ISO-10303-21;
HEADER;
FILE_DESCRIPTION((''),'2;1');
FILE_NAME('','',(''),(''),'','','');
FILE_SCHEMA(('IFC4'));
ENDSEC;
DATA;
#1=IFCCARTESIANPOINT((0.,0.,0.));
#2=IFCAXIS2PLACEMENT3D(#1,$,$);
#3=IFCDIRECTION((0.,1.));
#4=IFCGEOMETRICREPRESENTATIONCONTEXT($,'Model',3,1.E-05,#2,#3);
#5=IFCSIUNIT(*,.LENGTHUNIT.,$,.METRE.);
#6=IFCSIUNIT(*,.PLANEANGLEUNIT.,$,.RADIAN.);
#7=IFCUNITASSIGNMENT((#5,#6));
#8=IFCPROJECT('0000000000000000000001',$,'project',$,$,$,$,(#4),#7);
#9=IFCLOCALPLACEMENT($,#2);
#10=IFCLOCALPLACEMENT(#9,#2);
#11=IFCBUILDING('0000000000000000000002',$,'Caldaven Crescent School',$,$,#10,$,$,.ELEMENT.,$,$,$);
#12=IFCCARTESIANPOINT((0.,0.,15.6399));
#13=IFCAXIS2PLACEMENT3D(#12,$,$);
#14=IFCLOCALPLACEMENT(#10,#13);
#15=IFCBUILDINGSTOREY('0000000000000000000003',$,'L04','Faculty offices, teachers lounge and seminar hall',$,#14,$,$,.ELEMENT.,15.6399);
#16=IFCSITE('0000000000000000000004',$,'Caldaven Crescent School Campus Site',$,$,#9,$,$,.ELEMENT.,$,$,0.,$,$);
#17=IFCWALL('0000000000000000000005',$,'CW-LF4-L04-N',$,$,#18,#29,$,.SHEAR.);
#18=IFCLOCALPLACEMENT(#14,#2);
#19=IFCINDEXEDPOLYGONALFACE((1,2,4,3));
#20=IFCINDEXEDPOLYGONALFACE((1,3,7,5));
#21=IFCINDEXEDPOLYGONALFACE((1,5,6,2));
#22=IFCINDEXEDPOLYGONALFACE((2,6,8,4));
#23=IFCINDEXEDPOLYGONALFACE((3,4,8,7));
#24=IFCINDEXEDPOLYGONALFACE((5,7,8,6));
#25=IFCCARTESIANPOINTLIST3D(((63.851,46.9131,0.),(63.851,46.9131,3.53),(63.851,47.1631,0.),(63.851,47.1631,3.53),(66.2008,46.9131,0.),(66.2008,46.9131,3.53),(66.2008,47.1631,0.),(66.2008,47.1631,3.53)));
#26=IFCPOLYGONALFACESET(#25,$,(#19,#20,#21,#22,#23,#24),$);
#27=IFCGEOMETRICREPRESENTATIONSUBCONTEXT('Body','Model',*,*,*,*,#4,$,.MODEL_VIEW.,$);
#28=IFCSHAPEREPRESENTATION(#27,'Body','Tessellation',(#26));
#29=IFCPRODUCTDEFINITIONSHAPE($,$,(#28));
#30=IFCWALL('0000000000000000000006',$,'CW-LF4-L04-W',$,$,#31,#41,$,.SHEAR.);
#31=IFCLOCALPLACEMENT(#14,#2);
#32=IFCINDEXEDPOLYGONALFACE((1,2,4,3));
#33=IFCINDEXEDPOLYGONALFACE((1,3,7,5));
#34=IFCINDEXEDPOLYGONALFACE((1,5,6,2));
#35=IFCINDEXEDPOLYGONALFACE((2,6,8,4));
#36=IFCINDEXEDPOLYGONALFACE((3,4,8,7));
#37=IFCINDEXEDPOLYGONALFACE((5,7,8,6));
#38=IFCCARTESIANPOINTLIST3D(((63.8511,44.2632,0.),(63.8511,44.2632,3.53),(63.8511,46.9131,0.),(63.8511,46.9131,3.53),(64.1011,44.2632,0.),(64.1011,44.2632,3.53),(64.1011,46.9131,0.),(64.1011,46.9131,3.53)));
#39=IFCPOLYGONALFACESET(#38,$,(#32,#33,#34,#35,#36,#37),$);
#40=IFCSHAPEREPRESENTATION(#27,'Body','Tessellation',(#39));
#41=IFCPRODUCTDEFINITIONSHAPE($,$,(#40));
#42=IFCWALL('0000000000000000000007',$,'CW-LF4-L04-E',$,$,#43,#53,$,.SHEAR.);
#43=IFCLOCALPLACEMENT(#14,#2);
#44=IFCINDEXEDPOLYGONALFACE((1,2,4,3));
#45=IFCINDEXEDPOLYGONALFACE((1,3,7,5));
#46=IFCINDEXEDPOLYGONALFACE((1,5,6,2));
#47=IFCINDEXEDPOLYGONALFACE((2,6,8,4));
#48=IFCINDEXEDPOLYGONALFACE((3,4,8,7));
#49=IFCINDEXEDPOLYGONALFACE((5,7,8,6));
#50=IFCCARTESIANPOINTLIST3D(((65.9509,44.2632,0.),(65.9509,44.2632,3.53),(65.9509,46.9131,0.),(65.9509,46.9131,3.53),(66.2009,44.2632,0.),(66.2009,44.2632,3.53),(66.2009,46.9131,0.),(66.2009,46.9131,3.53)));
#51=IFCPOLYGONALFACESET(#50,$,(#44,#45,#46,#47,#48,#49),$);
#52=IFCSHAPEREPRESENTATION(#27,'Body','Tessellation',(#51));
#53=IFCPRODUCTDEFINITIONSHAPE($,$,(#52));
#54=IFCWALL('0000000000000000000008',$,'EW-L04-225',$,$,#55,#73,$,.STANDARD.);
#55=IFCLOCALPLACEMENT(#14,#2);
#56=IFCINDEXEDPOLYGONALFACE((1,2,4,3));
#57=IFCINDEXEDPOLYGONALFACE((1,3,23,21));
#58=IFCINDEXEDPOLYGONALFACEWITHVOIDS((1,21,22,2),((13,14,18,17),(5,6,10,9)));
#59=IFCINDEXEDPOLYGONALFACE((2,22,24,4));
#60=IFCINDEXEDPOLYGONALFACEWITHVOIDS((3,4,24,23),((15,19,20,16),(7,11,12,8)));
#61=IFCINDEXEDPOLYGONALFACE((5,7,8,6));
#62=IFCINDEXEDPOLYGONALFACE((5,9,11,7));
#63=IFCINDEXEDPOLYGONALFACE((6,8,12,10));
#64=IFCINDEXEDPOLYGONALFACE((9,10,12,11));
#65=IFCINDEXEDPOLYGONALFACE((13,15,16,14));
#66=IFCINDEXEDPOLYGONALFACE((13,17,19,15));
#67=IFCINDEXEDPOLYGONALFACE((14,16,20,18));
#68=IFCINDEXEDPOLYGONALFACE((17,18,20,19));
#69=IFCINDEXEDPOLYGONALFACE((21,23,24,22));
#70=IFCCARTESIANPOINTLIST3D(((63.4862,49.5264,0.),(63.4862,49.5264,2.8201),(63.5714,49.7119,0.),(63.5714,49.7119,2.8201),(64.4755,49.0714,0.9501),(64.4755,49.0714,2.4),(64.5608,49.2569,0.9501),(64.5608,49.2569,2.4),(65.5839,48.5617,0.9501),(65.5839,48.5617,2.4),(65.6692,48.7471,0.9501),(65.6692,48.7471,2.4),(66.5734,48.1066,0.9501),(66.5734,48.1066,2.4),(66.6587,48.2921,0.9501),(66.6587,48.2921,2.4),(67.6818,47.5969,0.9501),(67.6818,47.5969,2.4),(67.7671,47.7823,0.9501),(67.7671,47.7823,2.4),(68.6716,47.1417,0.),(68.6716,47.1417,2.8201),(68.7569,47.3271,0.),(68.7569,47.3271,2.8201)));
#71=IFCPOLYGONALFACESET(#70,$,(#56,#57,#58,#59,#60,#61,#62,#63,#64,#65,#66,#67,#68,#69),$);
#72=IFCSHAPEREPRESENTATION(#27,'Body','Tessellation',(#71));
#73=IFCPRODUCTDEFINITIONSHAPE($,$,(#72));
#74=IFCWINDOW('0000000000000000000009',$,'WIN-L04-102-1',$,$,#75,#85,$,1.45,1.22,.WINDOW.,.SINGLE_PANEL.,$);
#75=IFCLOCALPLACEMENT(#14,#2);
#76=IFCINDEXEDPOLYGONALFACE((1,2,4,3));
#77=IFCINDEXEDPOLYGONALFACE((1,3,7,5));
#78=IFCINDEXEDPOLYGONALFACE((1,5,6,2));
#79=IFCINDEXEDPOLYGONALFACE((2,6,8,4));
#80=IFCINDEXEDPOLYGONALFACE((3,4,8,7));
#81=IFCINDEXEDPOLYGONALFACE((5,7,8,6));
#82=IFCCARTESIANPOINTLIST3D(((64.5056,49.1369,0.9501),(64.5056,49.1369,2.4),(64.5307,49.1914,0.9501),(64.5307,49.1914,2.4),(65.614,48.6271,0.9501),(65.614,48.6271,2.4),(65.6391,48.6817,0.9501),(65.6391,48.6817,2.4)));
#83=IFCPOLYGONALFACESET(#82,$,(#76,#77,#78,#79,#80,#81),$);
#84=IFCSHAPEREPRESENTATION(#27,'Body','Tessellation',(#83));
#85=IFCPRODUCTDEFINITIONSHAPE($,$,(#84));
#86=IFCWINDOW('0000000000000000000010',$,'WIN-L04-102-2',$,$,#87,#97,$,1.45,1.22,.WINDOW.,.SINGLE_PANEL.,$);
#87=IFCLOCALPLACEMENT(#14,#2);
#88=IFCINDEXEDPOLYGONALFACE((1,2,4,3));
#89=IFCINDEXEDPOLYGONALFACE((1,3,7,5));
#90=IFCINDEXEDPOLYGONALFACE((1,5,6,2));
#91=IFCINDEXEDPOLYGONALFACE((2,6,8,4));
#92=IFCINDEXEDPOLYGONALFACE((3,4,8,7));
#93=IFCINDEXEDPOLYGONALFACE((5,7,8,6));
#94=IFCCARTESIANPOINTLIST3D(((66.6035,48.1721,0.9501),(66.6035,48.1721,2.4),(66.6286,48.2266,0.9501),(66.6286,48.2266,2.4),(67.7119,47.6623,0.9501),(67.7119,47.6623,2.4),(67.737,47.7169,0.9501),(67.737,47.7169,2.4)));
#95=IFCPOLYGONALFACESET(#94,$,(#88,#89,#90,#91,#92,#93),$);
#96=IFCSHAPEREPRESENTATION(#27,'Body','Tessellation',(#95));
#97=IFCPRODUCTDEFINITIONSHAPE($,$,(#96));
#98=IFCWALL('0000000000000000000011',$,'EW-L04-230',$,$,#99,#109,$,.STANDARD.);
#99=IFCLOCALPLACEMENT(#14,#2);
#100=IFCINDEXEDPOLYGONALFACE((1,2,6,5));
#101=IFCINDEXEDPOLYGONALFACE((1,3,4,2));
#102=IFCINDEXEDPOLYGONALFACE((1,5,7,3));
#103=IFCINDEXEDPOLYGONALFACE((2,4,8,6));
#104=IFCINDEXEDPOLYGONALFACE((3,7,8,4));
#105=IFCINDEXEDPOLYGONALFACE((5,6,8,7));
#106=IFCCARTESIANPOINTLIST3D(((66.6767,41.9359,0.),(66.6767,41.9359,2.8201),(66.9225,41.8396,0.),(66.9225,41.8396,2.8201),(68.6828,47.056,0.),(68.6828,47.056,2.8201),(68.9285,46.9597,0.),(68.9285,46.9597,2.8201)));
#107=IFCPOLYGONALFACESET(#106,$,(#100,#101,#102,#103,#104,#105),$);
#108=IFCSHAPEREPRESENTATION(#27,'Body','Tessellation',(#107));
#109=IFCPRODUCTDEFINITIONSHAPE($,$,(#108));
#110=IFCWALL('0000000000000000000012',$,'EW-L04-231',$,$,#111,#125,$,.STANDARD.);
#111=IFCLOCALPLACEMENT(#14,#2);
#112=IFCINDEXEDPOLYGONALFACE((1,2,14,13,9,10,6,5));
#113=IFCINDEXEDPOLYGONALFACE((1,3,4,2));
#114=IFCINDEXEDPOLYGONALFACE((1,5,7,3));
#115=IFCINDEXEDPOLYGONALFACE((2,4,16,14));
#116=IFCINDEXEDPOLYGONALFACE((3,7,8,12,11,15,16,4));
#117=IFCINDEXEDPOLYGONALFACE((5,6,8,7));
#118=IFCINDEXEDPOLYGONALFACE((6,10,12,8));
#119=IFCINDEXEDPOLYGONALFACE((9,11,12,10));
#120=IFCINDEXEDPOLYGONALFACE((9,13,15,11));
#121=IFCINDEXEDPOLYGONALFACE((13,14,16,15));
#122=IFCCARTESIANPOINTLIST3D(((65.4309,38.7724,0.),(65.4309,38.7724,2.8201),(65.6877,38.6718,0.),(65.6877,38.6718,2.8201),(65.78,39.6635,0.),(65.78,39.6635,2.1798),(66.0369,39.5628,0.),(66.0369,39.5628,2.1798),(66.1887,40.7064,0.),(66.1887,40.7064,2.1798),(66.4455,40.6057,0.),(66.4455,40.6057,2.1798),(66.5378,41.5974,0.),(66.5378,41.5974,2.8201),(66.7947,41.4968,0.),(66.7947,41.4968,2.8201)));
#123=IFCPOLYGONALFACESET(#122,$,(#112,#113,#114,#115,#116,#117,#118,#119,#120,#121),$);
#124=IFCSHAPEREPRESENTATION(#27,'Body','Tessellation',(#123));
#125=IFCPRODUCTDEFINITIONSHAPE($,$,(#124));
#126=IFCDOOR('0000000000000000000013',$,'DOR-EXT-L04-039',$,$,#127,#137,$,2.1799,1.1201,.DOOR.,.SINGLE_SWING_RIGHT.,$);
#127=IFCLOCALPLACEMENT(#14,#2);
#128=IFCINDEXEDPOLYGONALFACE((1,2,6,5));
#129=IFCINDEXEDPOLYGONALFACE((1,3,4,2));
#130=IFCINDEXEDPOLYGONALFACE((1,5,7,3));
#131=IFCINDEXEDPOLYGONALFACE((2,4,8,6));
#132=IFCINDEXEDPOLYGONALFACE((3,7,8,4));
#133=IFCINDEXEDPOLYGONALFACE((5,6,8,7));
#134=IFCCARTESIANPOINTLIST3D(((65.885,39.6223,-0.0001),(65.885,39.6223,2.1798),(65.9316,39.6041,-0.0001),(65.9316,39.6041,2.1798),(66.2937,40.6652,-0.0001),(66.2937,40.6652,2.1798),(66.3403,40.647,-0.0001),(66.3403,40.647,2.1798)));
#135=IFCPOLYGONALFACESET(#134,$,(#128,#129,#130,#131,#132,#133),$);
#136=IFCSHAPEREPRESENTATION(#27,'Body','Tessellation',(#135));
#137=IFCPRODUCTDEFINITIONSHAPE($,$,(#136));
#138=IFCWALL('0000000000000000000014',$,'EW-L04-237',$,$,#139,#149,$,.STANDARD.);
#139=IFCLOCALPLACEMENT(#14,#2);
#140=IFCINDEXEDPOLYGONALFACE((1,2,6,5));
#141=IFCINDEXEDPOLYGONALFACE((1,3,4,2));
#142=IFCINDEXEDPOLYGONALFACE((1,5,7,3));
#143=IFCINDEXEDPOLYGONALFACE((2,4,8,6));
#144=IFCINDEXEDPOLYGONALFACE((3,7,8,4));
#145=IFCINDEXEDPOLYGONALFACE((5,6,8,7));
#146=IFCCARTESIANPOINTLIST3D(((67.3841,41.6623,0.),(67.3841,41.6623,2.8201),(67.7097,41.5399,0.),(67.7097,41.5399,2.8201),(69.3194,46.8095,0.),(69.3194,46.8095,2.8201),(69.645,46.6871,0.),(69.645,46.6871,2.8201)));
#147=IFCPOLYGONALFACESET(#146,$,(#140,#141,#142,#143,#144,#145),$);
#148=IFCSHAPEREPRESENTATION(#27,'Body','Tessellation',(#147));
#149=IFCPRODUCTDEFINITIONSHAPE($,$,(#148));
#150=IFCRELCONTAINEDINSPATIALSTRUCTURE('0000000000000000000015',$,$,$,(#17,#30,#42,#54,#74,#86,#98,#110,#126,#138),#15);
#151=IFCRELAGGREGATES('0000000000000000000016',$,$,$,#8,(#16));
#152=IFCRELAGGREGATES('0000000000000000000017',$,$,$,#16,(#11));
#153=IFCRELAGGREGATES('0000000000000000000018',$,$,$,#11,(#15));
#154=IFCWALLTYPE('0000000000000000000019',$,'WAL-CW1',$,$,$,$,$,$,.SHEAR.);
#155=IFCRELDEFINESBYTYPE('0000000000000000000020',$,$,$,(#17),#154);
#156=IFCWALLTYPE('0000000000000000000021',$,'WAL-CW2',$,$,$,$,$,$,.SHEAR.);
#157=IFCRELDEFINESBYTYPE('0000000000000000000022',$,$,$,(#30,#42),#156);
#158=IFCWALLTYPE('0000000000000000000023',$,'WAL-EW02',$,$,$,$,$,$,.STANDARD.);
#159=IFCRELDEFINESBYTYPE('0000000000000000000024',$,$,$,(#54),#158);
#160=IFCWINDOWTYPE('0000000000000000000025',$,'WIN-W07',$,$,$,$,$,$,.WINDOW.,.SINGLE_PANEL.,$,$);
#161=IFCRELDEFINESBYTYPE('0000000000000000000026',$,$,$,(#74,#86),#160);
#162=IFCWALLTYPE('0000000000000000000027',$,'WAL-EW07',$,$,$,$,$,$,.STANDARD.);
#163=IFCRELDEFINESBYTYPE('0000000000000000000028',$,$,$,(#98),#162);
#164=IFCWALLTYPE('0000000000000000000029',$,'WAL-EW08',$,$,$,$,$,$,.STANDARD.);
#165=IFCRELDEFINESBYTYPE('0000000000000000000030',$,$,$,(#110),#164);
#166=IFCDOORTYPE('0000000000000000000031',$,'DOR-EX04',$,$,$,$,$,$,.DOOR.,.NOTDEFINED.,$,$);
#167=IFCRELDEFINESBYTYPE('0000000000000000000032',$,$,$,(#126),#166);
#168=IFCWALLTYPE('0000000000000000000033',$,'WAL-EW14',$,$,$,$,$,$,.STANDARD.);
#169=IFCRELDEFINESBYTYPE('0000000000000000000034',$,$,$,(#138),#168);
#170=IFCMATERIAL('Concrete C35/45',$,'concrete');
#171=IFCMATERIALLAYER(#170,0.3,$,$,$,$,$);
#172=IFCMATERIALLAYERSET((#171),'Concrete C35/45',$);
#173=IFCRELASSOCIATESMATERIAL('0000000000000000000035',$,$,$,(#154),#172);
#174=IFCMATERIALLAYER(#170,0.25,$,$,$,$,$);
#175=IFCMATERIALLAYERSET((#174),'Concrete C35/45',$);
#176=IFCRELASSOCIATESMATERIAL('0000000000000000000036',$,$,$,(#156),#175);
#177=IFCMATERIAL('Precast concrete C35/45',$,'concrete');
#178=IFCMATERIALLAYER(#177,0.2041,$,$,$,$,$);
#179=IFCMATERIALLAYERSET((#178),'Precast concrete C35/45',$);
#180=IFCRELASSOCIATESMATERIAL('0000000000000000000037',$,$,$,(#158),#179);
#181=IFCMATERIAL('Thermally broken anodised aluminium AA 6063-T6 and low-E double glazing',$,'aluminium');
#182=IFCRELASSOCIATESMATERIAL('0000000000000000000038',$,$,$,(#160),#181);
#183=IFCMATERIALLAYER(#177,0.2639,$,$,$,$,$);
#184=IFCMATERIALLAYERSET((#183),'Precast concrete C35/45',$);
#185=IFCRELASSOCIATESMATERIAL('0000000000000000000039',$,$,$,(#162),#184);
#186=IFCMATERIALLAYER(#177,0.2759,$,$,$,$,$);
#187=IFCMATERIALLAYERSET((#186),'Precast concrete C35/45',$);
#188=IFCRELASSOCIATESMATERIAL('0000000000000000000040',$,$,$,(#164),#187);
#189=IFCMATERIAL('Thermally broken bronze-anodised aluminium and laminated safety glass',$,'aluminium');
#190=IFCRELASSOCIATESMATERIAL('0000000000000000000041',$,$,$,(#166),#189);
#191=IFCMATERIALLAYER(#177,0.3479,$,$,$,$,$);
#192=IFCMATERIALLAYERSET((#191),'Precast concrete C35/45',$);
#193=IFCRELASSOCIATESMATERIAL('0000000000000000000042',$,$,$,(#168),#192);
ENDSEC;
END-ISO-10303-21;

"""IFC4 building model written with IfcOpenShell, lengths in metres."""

from ifc_helpers import new_model, si_unit, direction, frame, frame_2d, origin, place, context, subcontext, project, spatial, rectangle, extrude, material, layer, layer_set, type_object, element, fill, save


model = new_model("IFC4")

# Units and contexts
model_context = context("Model", 3, precision=1e-05, world=origin(), true_north=direction((0.0, 1.0)))
body_context = subcontext(model_context, "Body", "Model", "MODEL_VIEW")
ifc_project = project(units=[si_unit("LENGTHUNIT", "METRE"), si_unit("PLANEANGLEUNIT", "RADIAN")], contexts=[model_context])

# Site, building, storey
site_placement = place(None, origin())
site = spatial("IfcSite", under=ifc_project, at=site_placement, Name="Caldaven Crescent School Campus Site", CompositionType="ELEMENT", RefElevation=0.0)
building_placement = place(site_placement, origin())
building = spatial("IfcBuilding", under=site, at=building_placement, Name="Caldaven Crescent School", CompositionType="ELEMENT")
storey_placement = place(building_placement, frame((0.0, 0.0, 15.6399)))
storey = spatial("IfcBuildingStorey", under=building, at=storey_placement, Name="L04", Description="Faculty offices, teachers lounge and seminar hall", CompositionType="ELEMENT", Elevation=15.6399)

# Wall
ifc_material_1 = material(Name="Concrete C35/45", Category="concrete")
ifc_layer_1 = layer(ifc_material_1, 0.3)
ifc_layer_set_1 = layer_set([ifc_layer_1], Name="Concrete C35/45")
wall_type_1 = type_object("IfcWallType", Name="WAL-CW1", PredefinedType="SHEAR", material=ifc_layer_set_1)
wall_1_placement = place(storey_placement, frame((63.8511, 47.0381, 0.0), z_axis=(0.0, 0.0, 1.0), x_axis=(1.0, 0.0, 0.0)))
element("IfcWall", 1, at=wall_1_placement, inside=storey, type_object=wall_type_1, Name="CW-LF4-L04-N", PredefinedType="SHEAR", context=body_context, shape_type="SweptSolid", body=[
    extrude(rectangle(XDim=2.3499, YDim=0.25, at=frame_2d((1.1748, 0.0))), origin(), (0.0, 0.0, 1.0), 3.53),
])

# Walls
ifc_layer_2 = layer(ifc_material_1, 0.25)
ifc_layer_set_2 = layer_set([ifc_layer_2], Name="Concrete C35/45")
wall_type_2 = type_object("IfcWallType", Name="WAL-CW2", PredefinedType="SHEAR", material=ifc_layer_set_2)
for number, where, z_axis, x_axis, name in (
    (2, (63.9761, 44.2632, 0.0), (0.0, 0.0, 1.0), (0.0, 1.0, 0.0), "CW-LF4-L04-W"),
    (3, (66.0759, 44.2632, 0.0), (0.0, 0.0, 1.0), (0.0, 1.0, 0.0), "CW-LF4-L04-E"),
):
    element("IfcWall", number, at=place(storey_placement, frame(where, z_axis=z_axis, x_axis=x_axis)), inside=storey, type_object=wall_type_2, Name=name, PredefinedType="SHEAR", context=body_context, shape_type="SweptSolid", body=[
        extrude(rectangle(XDim=2.6499, YDim=0.25, at=frame_2d((1.325, 0.0))), origin(), (0.0, 0.0, 1.0), 3.53),
    ])

# Wall, openings, windows
ifc_material_2 = material(Name="Precast concrete C35/45", Category="concrete")
ifc_layer_3 = layer(ifc_material_2, 0.2041)
ifc_layer_set_3 = layer_set([ifc_layer_3], Name="Precast concrete C35/45")
wall_type_3 = type_object("IfcWallType", Name="WAL-EW02", PredefinedType="STANDARD", material=ifc_layer_set_3)
wall_2_placement = place(storey_placement, frame((63.5288, 49.6191, 0.0), z_axis=(0.0, 0.0, 1.0), x_axis=(0.908529, -0.417821, 0.0)))
wall_2 = element("IfcWall", 4, at=wall_2_placement, inside=storey, type_object=wall_type_3, Name="EW-L04-225", PredefinedType="STANDARD", context=body_context, shape_type="SweptSolid", body=[
    extrude(rectangle(XDim=5.7075, YDim=0.2041, at=frame_2d((2.8538, 0.0))), origin(), (0.0, 0.0, 1.0), 2.8201),
])
opening_1_placement = place(wall_2_placement, frame((1.0891, 0.0, 0.95)))
opening_1 = element("IfcOpeningElement", 5, at=opening_1_placement, cuts=wall_2, PredefinedType="OPENING", context=body_context, shape_type="SweptSolid", body=[
    extrude(rectangle(XDim=1.22, YDim=1.45, at=frame_2d((0.6099, 0.7251))), frame((0.0, 0.1121, 0.0), z_axis=(0.0, -1.0, 0.0), x_axis=(1.0, 0.0, 0.0)), (0.0, 0.0, 1.0), 0.2241),
])
opening_2_placement = place(wall_2_placement, frame((3.3982, 0.0, 0.95)))
opening_2 = element("IfcOpeningElement", 6, at=opening_2_placement, cuts=wall_2, PredefinedType="OPENING", context=body_context, shape_type="SweptSolid", body=[
    extrude(rectangle(XDim=1.22, YDim=1.45, at=frame_2d((0.6099, 0.7251))), frame((0.0, 0.1121, 0.0), z_axis=(0.0, -1.0, 0.0), x_axis=(1.0, 0.0, 0.0)), (0.0, 0.0, 1.0), 0.2241),
])
ifc_material_3 = material(Name="Thermally broken anodised aluminium AA 6063-T6 and low-E double glazing", Category="aluminium")
window_type = type_object("IfcWindowType", Name="WIN-W07", PartitioningType="SINGLE_PANEL", PredefinedType="WINDOW", material=ifc_material_3)
window_1_placement = place(opening_1_placement, origin())
window_1 = element("IfcWindow", 7, at=window_1_placement, inside=storey, type_object=window_type, Name="WIN-L04-102-1", OverallHeight=1.45, OverallWidth=1.22, PartitioningType="SINGLE_PANEL", PredefinedType="WINDOW", context=body_context, shape_type="SweptSolid", body=[
    extrude(rectangle(XDim=1.22, YDim=1.45, at=frame_2d((0.6099, 0.7251))), frame((0.0, 0.03, 0.0), z_axis=(0.0, -1.0, 0.0), x_axis=(1.0, 0.0, 0.0)), (0.0, 0.0, 1.0), 0.0601),
])
fill(opening_1, window_1)
window_2_placement = place(opening_2_placement, origin())
window_2 = element("IfcWindow", 8, at=window_2_placement, inside=storey, type_object=window_type, Name="WIN-L04-102-2", OverallHeight=1.45, OverallWidth=1.22, PartitioningType="SINGLE_PANEL", PredefinedType="WINDOW", context=body_context, shape_type="SweptSolid", body=[
    extrude(rectangle(XDim=1.22, YDim=1.45, at=frame_2d((0.6099, 0.7251))), frame((0.0, 0.03, 0.0), z_axis=(0.0, -1.0, 0.0), x_axis=(1.0, 0.0, 0.0)), (0.0, 0.0, 1.0), 0.0601),
])
fill(opening_2, window_2)

# Wall
ifc_layer_4 = layer(ifc_material_2, 0.2639)
ifc_layer_set_4 = layer_set([ifc_layer_4], Name="Precast concrete C35/45")
wall_type_4 = type_object("IfcWallType", Name="WAL-EW07", PredefinedType="STANDARD", material=ifc_layer_set_4)
wall_3_placement = place(storey_placement, frame((68.8057, 47.0078, 0.0), z_axis=(0.0, 0.0, 1.0), x_axis=(-0.364806, -0.931084, 0.0)))
element("IfcWall", 9, at=wall_3_placement, inside=storey, type_object=wall_type_4, Name="EW-L04-230", PredefinedType="STANDARD", context=body_context, shape_type="SweptSolid", body=[
    extrude(rectangle(XDim=5.499, YDim=0.2639, at=frame_2d((2.7495, 0.0))), origin(), (0.0, 0.0, 1.0), 2.8201),
])

# Wall, opening, door
ifc_layer_5 = layer(ifc_material_2, 0.2759)
ifc_layer_set_5 = layer_set([ifc_layer_5], Name="Precast concrete C35/45")
wall_type_5 = type_object("IfcWallType", Name="WAL-EW08", PredefinedType="STANDARD", material=ifc_layer_set_5)
wall_4_placement = place(storey_placement, frame((66.6663, 41.5471, 0.0), z_axis=(0.0, 0.0, 1.0), x_axis=(-0.364833, -0.931073, 0.0)))
wall_4 = element("IfcWall", 10, at=wall_4_placement, inside=storey, type_object=wall_type_5, Name="EW-L04-231", PredefinedType="STANDARD", context=body_context, shape_type="SweptSolid", body=[
    extrude(rectangle(XDim=3.0342, YDim=0.2759, at=frame_2d((1.5171, 0.0))), origin(), (0.0, 0.0, 1.0), 2.8201),
])
opening_3_placement = place(wall_4_placement, frame((0.957, 0.0, 0.0)))
opening_3 = element("IfcOpeningElement", 11, at=opening_3_placement, cuts=wall_4, PredefinedType="OPENING", context=body_context, shape_type="SweptSolid", body=[
    extrude(rectangle(XDim=1.1201, YDim=2.1799, at=frame_2d((0.5601, 1.0898))), frame((0.0, 0.1479, 0.0), z_axis=(0.0, -1.0, 0.0), x_axis=(1.0, 0.0, 0.0)), (0.0, 0.0, 1.0), 0.2959),
])
ifc_material_4 = material(Name="Thermally broken bronze-anodised aluminium and laminated safety glass", Category="aluminium")
door_type_1 = type_object("IfcDoorType", Name="DOR-EX04", OperationType="NOTDEFINED", PredefinedType="DOOR", material=ifc_material_4)
door_1_placement = place(opening_3_placement, origin())
door_1 = element("IfcDoor", 12, at=door_1_placement, inside=storey, type_object=door_type_1, Name="DOR-EXT-L04-039", OperationType="SINGLE_SWING_RIGHT", OverallHeight=2.1799, OverallWidth=1.1201, PredefinedType="DOOR", context=body_context, shape_type="SweptSolid", body=[
    extrude(rectangle(XDim=1.1201, YDim=2.1799, at=frame_2d((0.5601, 1.0898))), frame((0.0, 0.0249, 0.0), z_axis=(0.0, -1.0, 0.0), x_axis=(1.0, 0.0, 0.0)), (0.0, 0.0, 1.0), 0.05),
])
fill(opening_3, door_1)

# Wall
ifc_layer_6 = layer(ifc_material_2, 0.3479)
ifc_layer_set_6 = layer_set([ifc_layer_6], Name="Precast concrete C35/45")
wall_type_6 = type_object("IfcWallType", Name="WAL-EW14", PredefinedType="STANDARD", material=ifc_layer_set_6)
wall_5_placement = place(storey_placement, frame((69.4822, 46.7483, 0.0), z_axis=(0.0, 0.0, 1.0), x_axis=(-0.351936, -0.936024, 0.0)))
element("IfcWall", 13, at=wall_5_placement, inside=storey, type_object=wall_type_6, Name="EW-L04-237", PredefinedType="STANDARD", context=body_context, shape_type="SweptSolid", body=[
    extrude(rectangle(XDim=5.499, YDim=0.3479, at=frame_2d((2.7495, 0.0))), origin(), (0.0, 0.0, 1.0), 2.8201),
])

save(model, "model.ifc")
